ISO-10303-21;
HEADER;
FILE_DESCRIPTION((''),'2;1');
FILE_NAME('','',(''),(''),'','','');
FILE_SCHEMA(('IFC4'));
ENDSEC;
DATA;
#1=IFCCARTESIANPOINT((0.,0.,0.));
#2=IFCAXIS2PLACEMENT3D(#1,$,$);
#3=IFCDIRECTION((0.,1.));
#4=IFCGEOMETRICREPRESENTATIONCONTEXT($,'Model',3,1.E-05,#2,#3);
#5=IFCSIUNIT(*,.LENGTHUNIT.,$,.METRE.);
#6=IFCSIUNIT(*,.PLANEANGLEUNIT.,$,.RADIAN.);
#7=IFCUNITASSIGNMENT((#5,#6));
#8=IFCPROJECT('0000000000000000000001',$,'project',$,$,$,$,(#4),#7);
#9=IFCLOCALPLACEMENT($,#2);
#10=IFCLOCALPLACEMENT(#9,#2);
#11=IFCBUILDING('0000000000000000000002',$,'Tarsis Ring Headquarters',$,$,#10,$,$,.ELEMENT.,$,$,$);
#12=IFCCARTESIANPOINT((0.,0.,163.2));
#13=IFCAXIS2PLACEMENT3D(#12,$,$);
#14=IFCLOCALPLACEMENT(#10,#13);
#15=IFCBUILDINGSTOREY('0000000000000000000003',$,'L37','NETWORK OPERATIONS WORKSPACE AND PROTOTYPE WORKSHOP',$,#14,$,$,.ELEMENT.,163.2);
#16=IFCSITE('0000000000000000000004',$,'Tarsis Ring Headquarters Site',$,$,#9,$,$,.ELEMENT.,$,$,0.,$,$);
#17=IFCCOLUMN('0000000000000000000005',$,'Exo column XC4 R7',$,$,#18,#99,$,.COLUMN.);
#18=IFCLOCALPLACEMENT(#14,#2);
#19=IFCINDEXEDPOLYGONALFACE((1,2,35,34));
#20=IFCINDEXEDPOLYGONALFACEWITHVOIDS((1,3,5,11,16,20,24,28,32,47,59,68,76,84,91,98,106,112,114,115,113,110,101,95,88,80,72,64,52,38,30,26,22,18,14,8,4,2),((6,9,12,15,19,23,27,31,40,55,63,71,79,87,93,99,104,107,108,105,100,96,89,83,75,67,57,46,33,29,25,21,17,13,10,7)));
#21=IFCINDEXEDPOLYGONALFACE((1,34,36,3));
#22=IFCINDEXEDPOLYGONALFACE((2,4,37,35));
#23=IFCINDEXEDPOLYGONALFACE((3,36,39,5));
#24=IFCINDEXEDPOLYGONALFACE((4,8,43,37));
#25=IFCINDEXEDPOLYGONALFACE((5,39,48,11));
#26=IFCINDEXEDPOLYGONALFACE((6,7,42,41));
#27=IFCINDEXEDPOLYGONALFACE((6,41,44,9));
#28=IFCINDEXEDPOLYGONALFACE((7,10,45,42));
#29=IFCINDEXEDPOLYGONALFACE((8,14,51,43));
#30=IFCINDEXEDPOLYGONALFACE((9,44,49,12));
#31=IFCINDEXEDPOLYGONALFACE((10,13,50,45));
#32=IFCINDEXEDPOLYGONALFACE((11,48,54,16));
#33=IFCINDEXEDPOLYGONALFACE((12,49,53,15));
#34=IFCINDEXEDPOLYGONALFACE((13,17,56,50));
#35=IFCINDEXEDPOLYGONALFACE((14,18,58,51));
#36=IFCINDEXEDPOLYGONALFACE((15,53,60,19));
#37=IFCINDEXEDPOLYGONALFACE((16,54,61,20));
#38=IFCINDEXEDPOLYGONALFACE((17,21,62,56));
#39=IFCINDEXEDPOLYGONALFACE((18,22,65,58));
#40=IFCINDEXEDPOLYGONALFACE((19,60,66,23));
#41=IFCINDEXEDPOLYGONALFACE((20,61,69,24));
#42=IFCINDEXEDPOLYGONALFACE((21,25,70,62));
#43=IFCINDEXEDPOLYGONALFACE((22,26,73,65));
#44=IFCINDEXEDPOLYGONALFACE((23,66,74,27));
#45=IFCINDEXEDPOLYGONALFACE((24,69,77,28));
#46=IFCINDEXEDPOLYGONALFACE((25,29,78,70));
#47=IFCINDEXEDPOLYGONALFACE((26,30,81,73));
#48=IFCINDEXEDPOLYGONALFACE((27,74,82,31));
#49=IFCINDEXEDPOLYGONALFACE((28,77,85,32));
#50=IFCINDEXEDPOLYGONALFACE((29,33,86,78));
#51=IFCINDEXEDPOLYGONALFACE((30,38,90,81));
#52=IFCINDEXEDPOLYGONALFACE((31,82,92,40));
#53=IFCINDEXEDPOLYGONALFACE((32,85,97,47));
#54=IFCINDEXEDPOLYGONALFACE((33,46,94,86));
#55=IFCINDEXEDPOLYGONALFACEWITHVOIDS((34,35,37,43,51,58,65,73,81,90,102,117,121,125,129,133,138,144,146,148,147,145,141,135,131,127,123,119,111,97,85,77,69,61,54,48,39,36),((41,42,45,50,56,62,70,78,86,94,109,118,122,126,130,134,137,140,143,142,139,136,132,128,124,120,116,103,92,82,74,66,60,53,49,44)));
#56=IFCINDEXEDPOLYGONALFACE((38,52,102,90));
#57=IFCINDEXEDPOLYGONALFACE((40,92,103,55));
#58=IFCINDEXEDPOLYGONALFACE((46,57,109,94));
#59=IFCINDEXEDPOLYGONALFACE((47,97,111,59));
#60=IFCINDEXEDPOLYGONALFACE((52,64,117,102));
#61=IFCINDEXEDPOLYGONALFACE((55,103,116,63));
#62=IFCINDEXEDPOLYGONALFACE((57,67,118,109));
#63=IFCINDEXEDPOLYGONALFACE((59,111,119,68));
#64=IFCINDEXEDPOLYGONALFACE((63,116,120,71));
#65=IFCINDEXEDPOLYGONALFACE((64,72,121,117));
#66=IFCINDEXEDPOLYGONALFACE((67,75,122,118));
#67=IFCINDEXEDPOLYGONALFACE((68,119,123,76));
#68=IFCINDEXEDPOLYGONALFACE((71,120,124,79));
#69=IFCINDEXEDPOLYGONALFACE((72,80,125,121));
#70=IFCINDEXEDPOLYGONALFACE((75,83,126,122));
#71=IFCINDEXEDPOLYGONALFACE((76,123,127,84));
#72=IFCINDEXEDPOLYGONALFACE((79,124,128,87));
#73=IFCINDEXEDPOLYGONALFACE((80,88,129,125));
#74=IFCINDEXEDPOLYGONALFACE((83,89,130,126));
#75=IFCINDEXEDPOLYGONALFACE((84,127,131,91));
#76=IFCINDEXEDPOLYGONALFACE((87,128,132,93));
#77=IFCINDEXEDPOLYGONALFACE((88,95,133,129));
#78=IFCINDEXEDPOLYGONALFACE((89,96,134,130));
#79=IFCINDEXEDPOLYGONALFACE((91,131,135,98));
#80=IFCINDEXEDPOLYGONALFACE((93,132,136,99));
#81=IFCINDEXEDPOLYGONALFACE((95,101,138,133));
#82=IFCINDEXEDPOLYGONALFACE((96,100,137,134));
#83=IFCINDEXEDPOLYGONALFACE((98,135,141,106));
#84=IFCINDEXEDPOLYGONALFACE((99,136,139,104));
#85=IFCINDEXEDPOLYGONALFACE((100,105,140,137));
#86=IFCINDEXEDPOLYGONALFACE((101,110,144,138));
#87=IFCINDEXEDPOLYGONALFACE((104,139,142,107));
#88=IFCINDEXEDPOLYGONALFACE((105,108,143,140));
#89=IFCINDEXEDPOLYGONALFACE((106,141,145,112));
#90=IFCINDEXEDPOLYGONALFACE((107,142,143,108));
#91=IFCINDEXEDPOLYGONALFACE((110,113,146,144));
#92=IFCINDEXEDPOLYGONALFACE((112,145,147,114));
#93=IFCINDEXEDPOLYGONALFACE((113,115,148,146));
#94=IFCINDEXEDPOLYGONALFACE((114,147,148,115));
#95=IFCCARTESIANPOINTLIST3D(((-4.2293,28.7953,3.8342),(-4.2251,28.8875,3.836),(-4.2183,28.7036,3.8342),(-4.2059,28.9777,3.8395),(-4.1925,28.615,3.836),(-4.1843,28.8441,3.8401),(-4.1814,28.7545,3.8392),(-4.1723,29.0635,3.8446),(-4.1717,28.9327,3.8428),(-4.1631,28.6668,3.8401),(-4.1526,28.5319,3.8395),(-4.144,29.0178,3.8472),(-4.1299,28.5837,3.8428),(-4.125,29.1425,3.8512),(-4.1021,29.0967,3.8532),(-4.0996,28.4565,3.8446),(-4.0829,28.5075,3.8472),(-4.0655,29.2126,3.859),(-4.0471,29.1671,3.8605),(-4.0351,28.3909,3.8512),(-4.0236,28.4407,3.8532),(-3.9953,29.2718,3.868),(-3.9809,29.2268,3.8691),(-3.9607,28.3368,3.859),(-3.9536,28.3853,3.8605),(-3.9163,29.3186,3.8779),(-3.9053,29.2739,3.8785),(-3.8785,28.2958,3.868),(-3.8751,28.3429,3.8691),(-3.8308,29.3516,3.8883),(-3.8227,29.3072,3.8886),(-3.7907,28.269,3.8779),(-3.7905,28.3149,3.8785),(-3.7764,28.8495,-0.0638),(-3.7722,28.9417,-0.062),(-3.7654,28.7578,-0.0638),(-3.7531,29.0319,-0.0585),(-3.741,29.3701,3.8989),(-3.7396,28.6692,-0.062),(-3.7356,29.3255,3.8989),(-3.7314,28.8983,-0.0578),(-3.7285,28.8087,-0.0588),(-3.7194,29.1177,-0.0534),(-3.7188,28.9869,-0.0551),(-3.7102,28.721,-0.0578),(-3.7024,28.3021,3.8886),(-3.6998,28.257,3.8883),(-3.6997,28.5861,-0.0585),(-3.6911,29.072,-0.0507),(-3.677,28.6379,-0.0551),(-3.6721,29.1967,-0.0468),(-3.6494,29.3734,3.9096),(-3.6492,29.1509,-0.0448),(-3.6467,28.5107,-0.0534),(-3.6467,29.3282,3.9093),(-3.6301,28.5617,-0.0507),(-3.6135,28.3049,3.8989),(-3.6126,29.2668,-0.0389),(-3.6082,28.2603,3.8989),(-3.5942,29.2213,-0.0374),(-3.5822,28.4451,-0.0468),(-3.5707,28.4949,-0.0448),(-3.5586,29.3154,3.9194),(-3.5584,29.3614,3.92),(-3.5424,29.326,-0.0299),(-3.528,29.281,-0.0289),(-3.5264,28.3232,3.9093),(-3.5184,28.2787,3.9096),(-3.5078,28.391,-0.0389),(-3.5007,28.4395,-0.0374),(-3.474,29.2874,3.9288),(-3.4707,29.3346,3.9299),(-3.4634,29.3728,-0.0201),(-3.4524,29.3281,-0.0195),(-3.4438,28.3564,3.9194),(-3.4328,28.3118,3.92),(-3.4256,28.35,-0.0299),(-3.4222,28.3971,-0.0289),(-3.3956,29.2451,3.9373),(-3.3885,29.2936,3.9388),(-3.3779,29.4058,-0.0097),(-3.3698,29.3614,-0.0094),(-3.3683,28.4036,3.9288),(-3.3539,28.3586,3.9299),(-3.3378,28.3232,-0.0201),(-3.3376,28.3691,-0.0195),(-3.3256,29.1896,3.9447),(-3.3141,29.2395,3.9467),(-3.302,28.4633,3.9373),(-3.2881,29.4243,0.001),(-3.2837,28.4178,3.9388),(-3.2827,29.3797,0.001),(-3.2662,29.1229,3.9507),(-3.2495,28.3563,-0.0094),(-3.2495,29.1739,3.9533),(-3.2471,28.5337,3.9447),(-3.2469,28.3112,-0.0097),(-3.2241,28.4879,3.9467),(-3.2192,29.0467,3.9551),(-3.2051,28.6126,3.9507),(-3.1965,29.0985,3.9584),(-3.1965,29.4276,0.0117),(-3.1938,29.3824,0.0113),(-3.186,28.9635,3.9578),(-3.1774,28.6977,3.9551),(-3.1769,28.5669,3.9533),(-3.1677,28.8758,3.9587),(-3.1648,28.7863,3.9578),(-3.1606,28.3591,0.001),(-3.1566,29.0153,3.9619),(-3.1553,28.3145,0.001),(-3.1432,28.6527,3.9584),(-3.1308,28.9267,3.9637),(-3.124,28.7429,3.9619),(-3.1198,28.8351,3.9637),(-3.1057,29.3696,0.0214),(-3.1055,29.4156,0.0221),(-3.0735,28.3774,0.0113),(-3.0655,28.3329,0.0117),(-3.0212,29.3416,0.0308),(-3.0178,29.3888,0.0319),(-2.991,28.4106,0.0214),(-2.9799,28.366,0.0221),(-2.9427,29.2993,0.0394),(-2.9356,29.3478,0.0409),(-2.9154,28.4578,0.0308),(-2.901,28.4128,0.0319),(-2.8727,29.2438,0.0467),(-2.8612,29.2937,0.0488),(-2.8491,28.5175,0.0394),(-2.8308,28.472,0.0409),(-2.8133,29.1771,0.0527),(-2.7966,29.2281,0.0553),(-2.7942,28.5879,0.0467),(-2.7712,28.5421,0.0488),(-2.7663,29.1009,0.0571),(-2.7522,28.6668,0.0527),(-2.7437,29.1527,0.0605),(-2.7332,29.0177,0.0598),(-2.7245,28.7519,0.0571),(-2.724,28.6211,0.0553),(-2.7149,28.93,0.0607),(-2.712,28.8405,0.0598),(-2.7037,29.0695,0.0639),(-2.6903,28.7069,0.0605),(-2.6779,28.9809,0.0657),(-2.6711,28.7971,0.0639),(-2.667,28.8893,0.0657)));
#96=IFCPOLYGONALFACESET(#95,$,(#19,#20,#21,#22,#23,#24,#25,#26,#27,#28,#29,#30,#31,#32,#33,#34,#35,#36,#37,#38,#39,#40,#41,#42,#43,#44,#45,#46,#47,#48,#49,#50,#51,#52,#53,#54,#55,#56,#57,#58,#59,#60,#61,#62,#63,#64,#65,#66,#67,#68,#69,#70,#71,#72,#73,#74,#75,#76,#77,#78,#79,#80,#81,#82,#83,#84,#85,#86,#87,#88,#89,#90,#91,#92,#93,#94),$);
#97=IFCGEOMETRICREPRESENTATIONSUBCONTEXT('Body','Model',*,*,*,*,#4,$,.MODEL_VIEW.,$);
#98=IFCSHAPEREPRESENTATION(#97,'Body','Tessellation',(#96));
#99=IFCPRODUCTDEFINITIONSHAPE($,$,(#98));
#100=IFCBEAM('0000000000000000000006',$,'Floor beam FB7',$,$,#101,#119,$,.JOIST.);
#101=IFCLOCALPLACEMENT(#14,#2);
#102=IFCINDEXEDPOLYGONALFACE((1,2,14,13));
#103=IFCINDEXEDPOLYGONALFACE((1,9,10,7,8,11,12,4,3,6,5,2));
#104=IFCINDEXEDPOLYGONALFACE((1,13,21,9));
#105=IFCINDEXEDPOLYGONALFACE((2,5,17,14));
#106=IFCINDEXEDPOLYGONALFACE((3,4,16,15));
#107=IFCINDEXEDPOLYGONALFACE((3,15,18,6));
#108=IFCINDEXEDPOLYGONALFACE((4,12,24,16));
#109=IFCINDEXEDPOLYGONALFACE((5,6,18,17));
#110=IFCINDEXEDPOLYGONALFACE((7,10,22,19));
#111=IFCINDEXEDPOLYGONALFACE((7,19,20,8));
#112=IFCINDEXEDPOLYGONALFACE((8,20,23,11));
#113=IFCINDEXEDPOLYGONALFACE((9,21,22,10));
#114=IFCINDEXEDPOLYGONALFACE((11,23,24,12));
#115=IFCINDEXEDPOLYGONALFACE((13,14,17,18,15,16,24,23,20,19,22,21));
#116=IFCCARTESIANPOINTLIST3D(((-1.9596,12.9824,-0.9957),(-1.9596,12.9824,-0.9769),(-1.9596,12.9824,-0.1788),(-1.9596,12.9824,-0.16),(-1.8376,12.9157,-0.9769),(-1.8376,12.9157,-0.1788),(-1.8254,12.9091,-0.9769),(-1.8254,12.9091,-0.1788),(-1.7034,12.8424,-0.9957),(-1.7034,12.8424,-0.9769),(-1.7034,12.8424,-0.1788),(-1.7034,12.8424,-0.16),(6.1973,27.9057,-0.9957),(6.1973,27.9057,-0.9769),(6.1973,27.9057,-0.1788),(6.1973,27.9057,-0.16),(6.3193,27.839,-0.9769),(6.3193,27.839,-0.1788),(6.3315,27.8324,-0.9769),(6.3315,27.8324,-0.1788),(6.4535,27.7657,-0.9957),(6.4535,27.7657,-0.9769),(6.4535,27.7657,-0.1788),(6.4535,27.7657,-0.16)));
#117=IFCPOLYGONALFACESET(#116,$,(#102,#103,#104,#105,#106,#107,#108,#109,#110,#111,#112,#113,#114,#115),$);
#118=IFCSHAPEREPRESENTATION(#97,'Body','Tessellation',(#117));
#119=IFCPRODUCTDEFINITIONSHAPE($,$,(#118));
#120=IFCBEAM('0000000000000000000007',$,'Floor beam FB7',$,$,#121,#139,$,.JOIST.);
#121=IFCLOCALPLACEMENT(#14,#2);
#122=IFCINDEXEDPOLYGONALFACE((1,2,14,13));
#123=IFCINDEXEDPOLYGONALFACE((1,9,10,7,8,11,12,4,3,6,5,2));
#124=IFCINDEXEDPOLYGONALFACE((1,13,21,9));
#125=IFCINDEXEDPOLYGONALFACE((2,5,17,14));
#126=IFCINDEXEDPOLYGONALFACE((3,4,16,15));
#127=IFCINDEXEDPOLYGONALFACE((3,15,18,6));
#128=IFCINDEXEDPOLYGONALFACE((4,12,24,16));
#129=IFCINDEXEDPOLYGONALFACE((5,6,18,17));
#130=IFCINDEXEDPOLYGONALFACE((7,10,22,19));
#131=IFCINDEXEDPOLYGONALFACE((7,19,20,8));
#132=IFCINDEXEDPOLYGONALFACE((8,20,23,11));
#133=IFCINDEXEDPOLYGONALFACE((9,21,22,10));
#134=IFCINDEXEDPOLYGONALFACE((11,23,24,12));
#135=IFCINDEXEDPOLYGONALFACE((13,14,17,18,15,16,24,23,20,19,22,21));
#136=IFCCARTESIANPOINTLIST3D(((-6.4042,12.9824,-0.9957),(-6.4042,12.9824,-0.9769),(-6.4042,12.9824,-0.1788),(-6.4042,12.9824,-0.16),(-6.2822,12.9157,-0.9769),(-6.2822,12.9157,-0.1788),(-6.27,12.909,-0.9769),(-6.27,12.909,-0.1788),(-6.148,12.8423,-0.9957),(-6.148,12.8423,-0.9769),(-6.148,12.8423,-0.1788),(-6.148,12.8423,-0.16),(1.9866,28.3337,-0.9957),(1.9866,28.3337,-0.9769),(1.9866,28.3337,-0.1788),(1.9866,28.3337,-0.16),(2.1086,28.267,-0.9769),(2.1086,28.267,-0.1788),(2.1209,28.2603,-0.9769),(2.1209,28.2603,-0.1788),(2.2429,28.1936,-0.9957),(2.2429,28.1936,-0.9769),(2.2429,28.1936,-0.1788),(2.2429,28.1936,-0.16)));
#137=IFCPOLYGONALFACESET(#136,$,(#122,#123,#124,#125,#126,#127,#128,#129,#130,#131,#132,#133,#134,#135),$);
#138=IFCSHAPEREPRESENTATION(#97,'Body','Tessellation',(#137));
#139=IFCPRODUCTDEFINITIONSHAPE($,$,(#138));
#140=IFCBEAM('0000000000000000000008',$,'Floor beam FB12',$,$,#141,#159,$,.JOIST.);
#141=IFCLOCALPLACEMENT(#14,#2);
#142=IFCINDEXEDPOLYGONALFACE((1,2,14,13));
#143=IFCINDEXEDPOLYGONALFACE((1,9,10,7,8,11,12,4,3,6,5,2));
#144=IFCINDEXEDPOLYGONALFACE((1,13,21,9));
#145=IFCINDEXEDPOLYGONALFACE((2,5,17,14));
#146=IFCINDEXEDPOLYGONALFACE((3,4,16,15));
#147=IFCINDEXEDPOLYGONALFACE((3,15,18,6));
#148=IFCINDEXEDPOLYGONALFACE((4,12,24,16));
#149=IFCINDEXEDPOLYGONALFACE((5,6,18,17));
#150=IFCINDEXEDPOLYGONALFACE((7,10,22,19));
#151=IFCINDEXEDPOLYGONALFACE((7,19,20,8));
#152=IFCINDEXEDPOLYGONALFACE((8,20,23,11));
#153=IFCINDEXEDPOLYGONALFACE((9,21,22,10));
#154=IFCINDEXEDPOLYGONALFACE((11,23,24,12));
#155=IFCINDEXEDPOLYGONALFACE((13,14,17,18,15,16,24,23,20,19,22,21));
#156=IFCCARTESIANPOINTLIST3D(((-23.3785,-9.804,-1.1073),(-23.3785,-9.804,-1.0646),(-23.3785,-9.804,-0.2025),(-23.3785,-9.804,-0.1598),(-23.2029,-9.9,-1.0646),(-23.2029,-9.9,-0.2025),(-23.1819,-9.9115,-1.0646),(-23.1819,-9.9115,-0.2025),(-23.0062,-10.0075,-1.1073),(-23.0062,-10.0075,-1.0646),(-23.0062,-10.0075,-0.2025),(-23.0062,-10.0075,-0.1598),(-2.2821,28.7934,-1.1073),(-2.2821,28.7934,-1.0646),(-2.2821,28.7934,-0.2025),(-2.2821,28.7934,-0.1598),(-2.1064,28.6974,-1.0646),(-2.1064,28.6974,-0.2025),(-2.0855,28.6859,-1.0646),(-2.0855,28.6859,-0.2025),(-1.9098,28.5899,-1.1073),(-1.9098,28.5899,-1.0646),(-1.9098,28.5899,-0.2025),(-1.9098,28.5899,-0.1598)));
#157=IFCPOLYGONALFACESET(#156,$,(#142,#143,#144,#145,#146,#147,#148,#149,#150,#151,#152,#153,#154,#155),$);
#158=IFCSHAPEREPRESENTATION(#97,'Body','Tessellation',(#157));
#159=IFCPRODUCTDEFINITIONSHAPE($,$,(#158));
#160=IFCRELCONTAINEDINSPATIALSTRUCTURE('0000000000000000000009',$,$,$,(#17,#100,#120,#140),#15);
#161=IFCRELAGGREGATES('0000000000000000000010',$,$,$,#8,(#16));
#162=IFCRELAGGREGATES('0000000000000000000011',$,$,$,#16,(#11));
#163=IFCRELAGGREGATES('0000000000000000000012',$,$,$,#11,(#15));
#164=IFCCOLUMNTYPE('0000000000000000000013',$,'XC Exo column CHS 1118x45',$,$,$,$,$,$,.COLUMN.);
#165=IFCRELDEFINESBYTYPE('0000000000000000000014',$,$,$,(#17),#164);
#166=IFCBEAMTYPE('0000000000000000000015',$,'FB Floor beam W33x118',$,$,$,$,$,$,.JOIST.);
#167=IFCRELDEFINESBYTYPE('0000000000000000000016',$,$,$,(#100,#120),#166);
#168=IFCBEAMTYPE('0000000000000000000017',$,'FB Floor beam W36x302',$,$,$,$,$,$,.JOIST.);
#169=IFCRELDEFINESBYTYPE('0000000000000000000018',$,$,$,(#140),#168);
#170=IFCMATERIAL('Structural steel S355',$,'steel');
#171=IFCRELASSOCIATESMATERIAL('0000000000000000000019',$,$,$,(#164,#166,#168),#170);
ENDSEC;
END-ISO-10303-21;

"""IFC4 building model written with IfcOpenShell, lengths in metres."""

from ifc_helpers import new_model, si_unit, direction, frame, origin, origin_2d, place, context, subcontext, project, spatial, hollow_circle, i_section, extrude, material, material_profile, profile_set, type_object, element, save


model = new_model("IFC4")

# Units and contexts
model_context = context("Model", 3, precision=1e-05, world=origin(), true_north=direction((0.0, 1.0)))
body_context = subcontext(model_context, "Body", "Model", "MODEL_VIEW")
ifc_project = project(units=[si_unit("LENGTHUNIT", "METRE"), si_unit("PLANEANGLEUNIT", "RADIAN")], contexts=[model_context])

# Site, building, storey
site_placement = place(None, origin())
site = spatial("IfcSite", under=ifc_project, at=site_placement, Name="Tarsis Ring Headquarters Site", CompositionType="ELEMENT", RefElevation=0.0)
building_placement = place(site_placement, origin())
building = spatial("IfcBuilding", under=site, at=building_placement, Name="Tarsis Ring Headquarters", CompositionType="ELEMENT")
storey_placement = place(building_placement, frame((0.0, 0.0, 163.2)))
storey = spatial("IfcBuildingStorey", under=building, at=storey_placement, Name="L37", Description="NETWORK OPERATIONS WORKSPACE AND PROTOTYPE WORKSHOP", CompositionType="ELEMENT", Elevation=163.2)

# Column
ifc_material_1 = material(Name="Structural steel S355", Category="steel")
ifc_material_profile_1 = material_profile(ifc_material_1, hollow_circle(Radius=0.5588, WallThickness=0.0449, at=origin_2d()), Name="CHS 1118x45")
ifc_profile_set_1 = profile_set([ifc_material_profile_1], Name="Structural steel S355")
column_type = type_object("IfcColumnType", Name="XC Exo column CHS 1118x45", PredefinedType="COLUMN", material=ifc_profile_set_1)
column_placement = place(storey_placement, frame((-3.2217, 28.8694, 0.001), z_axis=(-0.115397, -0.01381, 0.993223), x_axis=(0.118829, -0.992915, 0.0)))
element("IfcColumn", 1, at=column_placement, inside=storey, type_object=column_type, Name="Exo column XC4 R7", PredefinedType="COLUMN", context=body_context, shape_type="SweptSolid", body=[
    extrude(hollow_circle(Radius=0.5588, WallThickness=0.0449, at=origin_2d()), origin(), (0.0, 0.0, 1.0), 3.9246),
])

# Beams
ifc_material_profile_2 = material_profile(ifc_material_1, i_section(OverallWidth=0.292, OverallDepth=0.8357, WebThickness=0.0139, FlangeThickness=0.0188, at=origin_2d()), Name="W33x118")
ifc_profile_set_2 = profile_set([ifc_material_profile_2], Name="Structural steel S355")
beam_type_1 = type_object("IfcBeamType", Name="FB Floor beam W33x118", PredefinedType="JOIST", material=ifc_profile_set_2)
beam_1_placement = place(storey_placement, frame((6.3254, 27.8357, -0.5779), z_axis=(-0.479621, -0.877476, 0.0), x_axis=(0.877476, -0.479621, 0.0)))
element("IfcBeam", 2, at=beam_1_placement, inside=storey, type_object=beam_type_1, Name="Floor beam FB7", PredefinedType="JOIST", context=body_context, shape_type="SweptSolid", body=[
    extrude(i_section(OverallWidth=0.292, OverallDepth=0.8357, WebThickness=0.0139, FlangeThickness=0.0188, at=origin_2d()), origin(), (0.0, 0.0, 1.0), 17.0071),
])
beam_2_placement = place(storey_placement, frame((2.1147, 28.2637, -0.5779), z_axis=(-0.479619, -0.877477, 0.0), x_axis=(0.877477, -0.479619, 0.0)))
element("IfcBeam", 3, at=beam_2_placement, inside=storey, type_object=beam_type_1, Name="Floor beam FB7", PredefinedType="JOIST", context=body_context, shape_type="SweptSolid", body=[
    extrude(i_section(OverallWidth=0.292, OverallDepth=0.8357, WebThickness=0.0139, FlangeThickness=0.0188, at=origin_2d()), origin(), (0.0, 0.0, 1.0), 17.4949),
])
ifc_material_profile_3 = material_profile(ifc_material_1, i_section(OverallWidth=0.4243, OverallDepth=0.9475, WebThickness=0.0239, FlangeThickness=0.0427, at=origin_2d()), Name="W36x302")
ifc_profile_set_3 = profile_set([ifc_material_profile_3], Name="Structural steel S355")
beam_type_2 = type_object("IfcBeamType", Name="FB Floor beam W36x302", PredefinedType="JOIST", material=ifc_profile_set_3)
beam_3_placement = place(storey_placement, frame((-2.0959, 28.6917, -0.6335), z_axis=(-0.479611, -0.877481, 0.0), x_axis=(0.877481, -0.479611, 0.0)))
element("IfcBeam", 4, at=beam_3_placement, inside=storey, type_object=beam_type_2, Name="Floor beam FB12", PredefinedType="JOIST", context=body_context, shape_type="SweptSolid", body=[
    extrude(i_section(OverallWidth=0.4243, OverallDepth=0.9475, WebThickness=0.0239, FlangeThickness=0.0427, at=origin_2d()), origin(), (0.0, 0.0, 1.0), 43.9866),
])

save(model, "model.ifc")
